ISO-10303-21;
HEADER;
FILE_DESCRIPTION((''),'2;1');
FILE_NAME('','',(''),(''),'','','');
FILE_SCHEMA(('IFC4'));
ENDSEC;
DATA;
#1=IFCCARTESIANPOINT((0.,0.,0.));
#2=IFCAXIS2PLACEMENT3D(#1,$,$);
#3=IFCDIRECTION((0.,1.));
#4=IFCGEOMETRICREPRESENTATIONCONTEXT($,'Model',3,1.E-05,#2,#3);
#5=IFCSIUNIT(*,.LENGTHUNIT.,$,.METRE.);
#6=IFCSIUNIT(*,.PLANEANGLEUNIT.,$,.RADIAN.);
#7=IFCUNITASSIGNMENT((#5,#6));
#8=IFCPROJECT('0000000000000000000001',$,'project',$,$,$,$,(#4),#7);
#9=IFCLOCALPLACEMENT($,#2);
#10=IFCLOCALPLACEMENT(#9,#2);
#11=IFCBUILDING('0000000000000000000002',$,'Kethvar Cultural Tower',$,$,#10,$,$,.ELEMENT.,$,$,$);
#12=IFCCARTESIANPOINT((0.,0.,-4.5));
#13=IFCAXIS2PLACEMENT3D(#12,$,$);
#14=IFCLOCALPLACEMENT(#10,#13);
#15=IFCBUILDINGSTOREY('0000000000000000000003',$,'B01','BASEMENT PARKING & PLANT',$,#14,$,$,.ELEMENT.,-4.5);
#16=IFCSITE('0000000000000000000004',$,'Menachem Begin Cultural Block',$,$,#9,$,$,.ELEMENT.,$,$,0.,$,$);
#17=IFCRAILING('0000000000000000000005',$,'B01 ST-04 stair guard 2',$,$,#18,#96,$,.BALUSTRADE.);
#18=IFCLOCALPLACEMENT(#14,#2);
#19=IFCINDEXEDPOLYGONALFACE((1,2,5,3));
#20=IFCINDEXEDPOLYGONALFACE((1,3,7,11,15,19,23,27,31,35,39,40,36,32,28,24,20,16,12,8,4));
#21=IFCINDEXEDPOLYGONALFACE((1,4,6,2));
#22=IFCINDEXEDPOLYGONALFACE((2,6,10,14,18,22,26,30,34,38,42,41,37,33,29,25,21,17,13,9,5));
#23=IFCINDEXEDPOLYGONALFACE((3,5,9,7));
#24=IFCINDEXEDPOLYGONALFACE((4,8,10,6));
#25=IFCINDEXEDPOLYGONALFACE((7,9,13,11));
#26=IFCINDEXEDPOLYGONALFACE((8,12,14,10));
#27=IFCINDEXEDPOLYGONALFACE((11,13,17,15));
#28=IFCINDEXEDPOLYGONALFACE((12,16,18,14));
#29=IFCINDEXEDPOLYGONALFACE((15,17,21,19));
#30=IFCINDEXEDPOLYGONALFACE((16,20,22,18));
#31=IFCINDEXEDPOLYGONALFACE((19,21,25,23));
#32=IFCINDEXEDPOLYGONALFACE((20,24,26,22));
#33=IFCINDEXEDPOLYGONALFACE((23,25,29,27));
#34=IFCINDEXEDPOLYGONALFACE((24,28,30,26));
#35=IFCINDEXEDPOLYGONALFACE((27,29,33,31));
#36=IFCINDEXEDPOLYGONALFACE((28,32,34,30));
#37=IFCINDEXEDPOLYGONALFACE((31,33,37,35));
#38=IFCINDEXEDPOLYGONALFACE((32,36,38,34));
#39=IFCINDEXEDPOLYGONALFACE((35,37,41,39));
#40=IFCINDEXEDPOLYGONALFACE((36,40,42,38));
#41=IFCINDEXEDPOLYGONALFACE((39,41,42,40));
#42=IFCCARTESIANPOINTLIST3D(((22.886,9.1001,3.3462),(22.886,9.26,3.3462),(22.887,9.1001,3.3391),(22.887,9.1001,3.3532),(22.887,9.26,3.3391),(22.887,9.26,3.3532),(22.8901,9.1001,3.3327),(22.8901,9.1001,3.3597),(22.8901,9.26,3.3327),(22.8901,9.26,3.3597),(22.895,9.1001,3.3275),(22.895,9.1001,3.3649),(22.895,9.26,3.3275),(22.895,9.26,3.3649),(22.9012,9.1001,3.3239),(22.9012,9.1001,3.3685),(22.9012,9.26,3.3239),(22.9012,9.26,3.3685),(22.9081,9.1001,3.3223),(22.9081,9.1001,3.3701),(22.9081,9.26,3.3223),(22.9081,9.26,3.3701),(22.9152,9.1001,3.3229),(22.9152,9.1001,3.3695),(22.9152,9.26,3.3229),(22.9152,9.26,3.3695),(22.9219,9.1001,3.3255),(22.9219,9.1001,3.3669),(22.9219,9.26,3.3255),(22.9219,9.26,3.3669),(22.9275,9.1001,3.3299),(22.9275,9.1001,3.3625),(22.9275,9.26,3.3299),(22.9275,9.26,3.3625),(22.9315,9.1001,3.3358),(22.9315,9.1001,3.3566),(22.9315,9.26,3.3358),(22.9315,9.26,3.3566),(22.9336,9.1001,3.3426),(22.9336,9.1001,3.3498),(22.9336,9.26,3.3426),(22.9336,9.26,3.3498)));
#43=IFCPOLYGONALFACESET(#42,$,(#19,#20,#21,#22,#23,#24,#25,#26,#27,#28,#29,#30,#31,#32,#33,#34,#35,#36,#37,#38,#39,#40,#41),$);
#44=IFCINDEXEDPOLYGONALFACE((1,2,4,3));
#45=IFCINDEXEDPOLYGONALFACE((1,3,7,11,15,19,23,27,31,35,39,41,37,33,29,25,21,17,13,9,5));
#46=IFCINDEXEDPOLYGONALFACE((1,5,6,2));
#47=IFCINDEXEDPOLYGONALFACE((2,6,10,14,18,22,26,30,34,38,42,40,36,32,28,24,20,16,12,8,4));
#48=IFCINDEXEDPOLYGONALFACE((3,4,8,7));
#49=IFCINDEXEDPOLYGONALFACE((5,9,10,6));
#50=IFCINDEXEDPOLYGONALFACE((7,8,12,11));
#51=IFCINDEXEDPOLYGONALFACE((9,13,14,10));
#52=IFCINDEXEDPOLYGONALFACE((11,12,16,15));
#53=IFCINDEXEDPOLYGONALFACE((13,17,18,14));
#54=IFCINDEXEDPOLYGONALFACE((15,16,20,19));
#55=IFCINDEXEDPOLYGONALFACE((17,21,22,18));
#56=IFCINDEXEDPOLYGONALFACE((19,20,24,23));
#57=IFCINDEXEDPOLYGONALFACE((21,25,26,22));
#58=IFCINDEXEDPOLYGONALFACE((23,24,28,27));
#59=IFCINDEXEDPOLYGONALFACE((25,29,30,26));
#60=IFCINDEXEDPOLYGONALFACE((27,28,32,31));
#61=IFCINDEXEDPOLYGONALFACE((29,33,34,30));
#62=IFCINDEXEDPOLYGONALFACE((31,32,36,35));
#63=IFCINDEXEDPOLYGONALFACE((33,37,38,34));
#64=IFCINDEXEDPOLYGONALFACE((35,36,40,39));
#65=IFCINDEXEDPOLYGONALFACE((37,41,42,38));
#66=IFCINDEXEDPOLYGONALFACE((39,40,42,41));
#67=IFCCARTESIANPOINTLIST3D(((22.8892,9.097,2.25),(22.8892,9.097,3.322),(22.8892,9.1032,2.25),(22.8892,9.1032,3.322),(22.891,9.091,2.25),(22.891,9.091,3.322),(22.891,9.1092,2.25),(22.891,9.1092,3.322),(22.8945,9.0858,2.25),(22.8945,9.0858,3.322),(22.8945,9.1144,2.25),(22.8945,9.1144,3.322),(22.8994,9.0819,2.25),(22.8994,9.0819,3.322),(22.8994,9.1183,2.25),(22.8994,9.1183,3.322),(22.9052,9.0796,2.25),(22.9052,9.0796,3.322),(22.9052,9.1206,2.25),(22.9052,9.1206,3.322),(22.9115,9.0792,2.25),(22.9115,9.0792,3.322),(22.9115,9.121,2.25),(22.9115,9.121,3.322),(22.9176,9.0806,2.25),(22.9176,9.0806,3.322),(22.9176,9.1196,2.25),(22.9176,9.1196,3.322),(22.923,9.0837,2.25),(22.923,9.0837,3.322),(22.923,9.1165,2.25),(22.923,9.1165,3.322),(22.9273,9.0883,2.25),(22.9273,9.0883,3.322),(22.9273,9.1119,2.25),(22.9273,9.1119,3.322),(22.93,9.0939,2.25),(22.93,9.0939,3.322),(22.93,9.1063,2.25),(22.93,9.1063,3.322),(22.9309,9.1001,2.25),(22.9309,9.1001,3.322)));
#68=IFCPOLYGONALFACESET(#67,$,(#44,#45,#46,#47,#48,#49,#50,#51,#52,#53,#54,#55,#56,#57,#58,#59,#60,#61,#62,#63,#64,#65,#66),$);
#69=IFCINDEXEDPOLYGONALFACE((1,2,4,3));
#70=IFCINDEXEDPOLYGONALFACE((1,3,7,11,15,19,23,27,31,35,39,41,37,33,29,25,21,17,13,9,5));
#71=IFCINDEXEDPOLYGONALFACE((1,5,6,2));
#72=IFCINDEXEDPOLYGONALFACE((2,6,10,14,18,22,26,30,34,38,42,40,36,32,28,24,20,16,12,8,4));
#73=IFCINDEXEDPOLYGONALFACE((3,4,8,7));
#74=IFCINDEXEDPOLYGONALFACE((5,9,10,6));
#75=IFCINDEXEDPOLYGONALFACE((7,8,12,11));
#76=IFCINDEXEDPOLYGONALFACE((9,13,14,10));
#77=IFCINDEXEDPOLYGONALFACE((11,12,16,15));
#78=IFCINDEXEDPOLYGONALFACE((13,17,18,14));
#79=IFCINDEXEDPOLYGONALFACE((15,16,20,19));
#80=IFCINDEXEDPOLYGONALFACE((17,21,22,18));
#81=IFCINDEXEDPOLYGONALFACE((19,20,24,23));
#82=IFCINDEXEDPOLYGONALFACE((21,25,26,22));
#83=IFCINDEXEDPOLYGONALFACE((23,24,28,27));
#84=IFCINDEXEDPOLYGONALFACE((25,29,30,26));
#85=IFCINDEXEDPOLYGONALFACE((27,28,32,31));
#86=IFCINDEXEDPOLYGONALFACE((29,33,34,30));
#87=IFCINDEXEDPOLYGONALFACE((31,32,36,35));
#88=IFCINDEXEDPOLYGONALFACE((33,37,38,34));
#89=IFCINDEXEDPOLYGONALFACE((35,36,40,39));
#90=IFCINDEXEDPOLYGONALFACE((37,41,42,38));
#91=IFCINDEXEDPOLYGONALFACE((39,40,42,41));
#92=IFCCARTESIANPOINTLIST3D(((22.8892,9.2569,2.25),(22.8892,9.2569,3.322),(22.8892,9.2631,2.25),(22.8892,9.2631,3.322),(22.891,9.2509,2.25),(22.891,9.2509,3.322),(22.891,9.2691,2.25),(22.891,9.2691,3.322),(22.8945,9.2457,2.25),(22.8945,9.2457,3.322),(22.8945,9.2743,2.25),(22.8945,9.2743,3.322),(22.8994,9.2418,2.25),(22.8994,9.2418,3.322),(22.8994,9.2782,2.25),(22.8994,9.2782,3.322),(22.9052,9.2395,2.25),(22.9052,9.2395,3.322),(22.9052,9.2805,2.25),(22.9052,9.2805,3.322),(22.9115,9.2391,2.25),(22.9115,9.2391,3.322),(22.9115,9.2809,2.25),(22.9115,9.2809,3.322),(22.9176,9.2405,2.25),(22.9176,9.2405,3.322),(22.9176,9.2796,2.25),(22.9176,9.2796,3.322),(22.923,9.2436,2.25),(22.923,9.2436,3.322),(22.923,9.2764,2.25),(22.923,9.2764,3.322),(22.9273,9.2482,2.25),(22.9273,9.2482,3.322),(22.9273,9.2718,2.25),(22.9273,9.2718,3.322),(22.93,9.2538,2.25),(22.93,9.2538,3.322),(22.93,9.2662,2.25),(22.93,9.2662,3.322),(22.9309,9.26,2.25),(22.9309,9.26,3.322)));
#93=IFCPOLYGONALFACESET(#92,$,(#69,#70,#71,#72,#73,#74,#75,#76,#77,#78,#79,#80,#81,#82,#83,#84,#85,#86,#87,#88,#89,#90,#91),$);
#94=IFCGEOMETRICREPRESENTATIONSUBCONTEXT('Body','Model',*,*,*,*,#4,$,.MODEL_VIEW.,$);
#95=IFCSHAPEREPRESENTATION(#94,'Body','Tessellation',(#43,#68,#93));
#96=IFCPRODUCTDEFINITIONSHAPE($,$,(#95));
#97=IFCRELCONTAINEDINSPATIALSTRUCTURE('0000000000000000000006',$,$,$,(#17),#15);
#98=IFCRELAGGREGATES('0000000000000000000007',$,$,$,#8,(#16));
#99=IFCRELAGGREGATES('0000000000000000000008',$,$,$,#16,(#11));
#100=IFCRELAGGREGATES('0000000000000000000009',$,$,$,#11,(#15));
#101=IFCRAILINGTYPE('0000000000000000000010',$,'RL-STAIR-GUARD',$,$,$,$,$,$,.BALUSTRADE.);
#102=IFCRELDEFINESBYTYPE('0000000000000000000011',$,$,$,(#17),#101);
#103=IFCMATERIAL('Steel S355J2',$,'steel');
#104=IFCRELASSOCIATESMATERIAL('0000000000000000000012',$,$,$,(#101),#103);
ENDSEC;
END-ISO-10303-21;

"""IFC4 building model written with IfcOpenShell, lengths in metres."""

from ifc_helpers import new_model, si_unit, direction, frame, origin, origin_2d, place, context, subcontext, project, spatial, circle, extrude, material, type_object, element, save


model = new_model("IFC4")

# Units and contexts
model_context = context("Model", 3, precision=1e-05, world=origin(), true_north=direction((0.0, 1.0)))
body_context = subcontext(model_context, "Body", "Model", "MODEL_VIEW")
ifc_project = project(units=[si_unit("LENGTHUNIT", "METRE"), si_unit("PLANEANGLEUNIT", "RADIAN")], contexts=[model_context])

# Site, building, storey
site_placement = place(None, origin())
site = spatial("IfcSite", under=ifc_project, at=site_placement, Name="Menachem Begin Cultural Block", CompositionType="ELEMENT", RefElevation=0.0)
building_placement = place(site_placement, origin())
building = spatial("IfcBuilding", under=site, at=building_placement, Name="Kethvar Cultural Tower", CompositionType="ELEMENT")
storey_placement = place(building_placement, frame((0.0, 0.0, -4.5)))
storey = spatial("IfcBuildingStorey", under=building, at=storey_placement, Name="B01", Description="BASEMENT PARKING & PLANT", CompositionType="ELEMENT", Elevation=-4.5)

# Shared definitions
ifc_material_1 = material(Name="Steel S355J2", Category="steel")

# Railing
railing_type_1 = type_object("IfcRailingType", Name="RL-STAIR-GUARD", PredefinedType="BALUSTRADE", material=ifc_material_1)
railing_1_placement = place(storey_placement, frame((22.9099, 9.1001, 2.25)))
element("IfcRailing", 1, at=railing_1_placement, inside=storey, type_object=railing_type_1, Name="B01 ST-04 stair guard 2", PredefinedType="BALUSTRADE", context=body_context, shape_type="SweptSolid", body=[
    extrude(circle(Radius=0.0239, at=origin_2d()), frame((0.0, 0.0, 1.0962), z_axis=(0.0, 1.0, 0.0), x_axis=(-1.0, 0.0, 0.0)), (0.0, 0.0, 1.0), 0.1599),
    extrude(circle(Radius=0.021, at=origin_2d()), origin(), (0.0, 0.0, 1.0), 1.072),
    extrude(circle(Radius=0.021, at=origin_2d()), frame((0.0, 0.1599, 0.0)), (0.0, 0.0, 1.0), 1.072),
])

save(model, "model.ifc")
